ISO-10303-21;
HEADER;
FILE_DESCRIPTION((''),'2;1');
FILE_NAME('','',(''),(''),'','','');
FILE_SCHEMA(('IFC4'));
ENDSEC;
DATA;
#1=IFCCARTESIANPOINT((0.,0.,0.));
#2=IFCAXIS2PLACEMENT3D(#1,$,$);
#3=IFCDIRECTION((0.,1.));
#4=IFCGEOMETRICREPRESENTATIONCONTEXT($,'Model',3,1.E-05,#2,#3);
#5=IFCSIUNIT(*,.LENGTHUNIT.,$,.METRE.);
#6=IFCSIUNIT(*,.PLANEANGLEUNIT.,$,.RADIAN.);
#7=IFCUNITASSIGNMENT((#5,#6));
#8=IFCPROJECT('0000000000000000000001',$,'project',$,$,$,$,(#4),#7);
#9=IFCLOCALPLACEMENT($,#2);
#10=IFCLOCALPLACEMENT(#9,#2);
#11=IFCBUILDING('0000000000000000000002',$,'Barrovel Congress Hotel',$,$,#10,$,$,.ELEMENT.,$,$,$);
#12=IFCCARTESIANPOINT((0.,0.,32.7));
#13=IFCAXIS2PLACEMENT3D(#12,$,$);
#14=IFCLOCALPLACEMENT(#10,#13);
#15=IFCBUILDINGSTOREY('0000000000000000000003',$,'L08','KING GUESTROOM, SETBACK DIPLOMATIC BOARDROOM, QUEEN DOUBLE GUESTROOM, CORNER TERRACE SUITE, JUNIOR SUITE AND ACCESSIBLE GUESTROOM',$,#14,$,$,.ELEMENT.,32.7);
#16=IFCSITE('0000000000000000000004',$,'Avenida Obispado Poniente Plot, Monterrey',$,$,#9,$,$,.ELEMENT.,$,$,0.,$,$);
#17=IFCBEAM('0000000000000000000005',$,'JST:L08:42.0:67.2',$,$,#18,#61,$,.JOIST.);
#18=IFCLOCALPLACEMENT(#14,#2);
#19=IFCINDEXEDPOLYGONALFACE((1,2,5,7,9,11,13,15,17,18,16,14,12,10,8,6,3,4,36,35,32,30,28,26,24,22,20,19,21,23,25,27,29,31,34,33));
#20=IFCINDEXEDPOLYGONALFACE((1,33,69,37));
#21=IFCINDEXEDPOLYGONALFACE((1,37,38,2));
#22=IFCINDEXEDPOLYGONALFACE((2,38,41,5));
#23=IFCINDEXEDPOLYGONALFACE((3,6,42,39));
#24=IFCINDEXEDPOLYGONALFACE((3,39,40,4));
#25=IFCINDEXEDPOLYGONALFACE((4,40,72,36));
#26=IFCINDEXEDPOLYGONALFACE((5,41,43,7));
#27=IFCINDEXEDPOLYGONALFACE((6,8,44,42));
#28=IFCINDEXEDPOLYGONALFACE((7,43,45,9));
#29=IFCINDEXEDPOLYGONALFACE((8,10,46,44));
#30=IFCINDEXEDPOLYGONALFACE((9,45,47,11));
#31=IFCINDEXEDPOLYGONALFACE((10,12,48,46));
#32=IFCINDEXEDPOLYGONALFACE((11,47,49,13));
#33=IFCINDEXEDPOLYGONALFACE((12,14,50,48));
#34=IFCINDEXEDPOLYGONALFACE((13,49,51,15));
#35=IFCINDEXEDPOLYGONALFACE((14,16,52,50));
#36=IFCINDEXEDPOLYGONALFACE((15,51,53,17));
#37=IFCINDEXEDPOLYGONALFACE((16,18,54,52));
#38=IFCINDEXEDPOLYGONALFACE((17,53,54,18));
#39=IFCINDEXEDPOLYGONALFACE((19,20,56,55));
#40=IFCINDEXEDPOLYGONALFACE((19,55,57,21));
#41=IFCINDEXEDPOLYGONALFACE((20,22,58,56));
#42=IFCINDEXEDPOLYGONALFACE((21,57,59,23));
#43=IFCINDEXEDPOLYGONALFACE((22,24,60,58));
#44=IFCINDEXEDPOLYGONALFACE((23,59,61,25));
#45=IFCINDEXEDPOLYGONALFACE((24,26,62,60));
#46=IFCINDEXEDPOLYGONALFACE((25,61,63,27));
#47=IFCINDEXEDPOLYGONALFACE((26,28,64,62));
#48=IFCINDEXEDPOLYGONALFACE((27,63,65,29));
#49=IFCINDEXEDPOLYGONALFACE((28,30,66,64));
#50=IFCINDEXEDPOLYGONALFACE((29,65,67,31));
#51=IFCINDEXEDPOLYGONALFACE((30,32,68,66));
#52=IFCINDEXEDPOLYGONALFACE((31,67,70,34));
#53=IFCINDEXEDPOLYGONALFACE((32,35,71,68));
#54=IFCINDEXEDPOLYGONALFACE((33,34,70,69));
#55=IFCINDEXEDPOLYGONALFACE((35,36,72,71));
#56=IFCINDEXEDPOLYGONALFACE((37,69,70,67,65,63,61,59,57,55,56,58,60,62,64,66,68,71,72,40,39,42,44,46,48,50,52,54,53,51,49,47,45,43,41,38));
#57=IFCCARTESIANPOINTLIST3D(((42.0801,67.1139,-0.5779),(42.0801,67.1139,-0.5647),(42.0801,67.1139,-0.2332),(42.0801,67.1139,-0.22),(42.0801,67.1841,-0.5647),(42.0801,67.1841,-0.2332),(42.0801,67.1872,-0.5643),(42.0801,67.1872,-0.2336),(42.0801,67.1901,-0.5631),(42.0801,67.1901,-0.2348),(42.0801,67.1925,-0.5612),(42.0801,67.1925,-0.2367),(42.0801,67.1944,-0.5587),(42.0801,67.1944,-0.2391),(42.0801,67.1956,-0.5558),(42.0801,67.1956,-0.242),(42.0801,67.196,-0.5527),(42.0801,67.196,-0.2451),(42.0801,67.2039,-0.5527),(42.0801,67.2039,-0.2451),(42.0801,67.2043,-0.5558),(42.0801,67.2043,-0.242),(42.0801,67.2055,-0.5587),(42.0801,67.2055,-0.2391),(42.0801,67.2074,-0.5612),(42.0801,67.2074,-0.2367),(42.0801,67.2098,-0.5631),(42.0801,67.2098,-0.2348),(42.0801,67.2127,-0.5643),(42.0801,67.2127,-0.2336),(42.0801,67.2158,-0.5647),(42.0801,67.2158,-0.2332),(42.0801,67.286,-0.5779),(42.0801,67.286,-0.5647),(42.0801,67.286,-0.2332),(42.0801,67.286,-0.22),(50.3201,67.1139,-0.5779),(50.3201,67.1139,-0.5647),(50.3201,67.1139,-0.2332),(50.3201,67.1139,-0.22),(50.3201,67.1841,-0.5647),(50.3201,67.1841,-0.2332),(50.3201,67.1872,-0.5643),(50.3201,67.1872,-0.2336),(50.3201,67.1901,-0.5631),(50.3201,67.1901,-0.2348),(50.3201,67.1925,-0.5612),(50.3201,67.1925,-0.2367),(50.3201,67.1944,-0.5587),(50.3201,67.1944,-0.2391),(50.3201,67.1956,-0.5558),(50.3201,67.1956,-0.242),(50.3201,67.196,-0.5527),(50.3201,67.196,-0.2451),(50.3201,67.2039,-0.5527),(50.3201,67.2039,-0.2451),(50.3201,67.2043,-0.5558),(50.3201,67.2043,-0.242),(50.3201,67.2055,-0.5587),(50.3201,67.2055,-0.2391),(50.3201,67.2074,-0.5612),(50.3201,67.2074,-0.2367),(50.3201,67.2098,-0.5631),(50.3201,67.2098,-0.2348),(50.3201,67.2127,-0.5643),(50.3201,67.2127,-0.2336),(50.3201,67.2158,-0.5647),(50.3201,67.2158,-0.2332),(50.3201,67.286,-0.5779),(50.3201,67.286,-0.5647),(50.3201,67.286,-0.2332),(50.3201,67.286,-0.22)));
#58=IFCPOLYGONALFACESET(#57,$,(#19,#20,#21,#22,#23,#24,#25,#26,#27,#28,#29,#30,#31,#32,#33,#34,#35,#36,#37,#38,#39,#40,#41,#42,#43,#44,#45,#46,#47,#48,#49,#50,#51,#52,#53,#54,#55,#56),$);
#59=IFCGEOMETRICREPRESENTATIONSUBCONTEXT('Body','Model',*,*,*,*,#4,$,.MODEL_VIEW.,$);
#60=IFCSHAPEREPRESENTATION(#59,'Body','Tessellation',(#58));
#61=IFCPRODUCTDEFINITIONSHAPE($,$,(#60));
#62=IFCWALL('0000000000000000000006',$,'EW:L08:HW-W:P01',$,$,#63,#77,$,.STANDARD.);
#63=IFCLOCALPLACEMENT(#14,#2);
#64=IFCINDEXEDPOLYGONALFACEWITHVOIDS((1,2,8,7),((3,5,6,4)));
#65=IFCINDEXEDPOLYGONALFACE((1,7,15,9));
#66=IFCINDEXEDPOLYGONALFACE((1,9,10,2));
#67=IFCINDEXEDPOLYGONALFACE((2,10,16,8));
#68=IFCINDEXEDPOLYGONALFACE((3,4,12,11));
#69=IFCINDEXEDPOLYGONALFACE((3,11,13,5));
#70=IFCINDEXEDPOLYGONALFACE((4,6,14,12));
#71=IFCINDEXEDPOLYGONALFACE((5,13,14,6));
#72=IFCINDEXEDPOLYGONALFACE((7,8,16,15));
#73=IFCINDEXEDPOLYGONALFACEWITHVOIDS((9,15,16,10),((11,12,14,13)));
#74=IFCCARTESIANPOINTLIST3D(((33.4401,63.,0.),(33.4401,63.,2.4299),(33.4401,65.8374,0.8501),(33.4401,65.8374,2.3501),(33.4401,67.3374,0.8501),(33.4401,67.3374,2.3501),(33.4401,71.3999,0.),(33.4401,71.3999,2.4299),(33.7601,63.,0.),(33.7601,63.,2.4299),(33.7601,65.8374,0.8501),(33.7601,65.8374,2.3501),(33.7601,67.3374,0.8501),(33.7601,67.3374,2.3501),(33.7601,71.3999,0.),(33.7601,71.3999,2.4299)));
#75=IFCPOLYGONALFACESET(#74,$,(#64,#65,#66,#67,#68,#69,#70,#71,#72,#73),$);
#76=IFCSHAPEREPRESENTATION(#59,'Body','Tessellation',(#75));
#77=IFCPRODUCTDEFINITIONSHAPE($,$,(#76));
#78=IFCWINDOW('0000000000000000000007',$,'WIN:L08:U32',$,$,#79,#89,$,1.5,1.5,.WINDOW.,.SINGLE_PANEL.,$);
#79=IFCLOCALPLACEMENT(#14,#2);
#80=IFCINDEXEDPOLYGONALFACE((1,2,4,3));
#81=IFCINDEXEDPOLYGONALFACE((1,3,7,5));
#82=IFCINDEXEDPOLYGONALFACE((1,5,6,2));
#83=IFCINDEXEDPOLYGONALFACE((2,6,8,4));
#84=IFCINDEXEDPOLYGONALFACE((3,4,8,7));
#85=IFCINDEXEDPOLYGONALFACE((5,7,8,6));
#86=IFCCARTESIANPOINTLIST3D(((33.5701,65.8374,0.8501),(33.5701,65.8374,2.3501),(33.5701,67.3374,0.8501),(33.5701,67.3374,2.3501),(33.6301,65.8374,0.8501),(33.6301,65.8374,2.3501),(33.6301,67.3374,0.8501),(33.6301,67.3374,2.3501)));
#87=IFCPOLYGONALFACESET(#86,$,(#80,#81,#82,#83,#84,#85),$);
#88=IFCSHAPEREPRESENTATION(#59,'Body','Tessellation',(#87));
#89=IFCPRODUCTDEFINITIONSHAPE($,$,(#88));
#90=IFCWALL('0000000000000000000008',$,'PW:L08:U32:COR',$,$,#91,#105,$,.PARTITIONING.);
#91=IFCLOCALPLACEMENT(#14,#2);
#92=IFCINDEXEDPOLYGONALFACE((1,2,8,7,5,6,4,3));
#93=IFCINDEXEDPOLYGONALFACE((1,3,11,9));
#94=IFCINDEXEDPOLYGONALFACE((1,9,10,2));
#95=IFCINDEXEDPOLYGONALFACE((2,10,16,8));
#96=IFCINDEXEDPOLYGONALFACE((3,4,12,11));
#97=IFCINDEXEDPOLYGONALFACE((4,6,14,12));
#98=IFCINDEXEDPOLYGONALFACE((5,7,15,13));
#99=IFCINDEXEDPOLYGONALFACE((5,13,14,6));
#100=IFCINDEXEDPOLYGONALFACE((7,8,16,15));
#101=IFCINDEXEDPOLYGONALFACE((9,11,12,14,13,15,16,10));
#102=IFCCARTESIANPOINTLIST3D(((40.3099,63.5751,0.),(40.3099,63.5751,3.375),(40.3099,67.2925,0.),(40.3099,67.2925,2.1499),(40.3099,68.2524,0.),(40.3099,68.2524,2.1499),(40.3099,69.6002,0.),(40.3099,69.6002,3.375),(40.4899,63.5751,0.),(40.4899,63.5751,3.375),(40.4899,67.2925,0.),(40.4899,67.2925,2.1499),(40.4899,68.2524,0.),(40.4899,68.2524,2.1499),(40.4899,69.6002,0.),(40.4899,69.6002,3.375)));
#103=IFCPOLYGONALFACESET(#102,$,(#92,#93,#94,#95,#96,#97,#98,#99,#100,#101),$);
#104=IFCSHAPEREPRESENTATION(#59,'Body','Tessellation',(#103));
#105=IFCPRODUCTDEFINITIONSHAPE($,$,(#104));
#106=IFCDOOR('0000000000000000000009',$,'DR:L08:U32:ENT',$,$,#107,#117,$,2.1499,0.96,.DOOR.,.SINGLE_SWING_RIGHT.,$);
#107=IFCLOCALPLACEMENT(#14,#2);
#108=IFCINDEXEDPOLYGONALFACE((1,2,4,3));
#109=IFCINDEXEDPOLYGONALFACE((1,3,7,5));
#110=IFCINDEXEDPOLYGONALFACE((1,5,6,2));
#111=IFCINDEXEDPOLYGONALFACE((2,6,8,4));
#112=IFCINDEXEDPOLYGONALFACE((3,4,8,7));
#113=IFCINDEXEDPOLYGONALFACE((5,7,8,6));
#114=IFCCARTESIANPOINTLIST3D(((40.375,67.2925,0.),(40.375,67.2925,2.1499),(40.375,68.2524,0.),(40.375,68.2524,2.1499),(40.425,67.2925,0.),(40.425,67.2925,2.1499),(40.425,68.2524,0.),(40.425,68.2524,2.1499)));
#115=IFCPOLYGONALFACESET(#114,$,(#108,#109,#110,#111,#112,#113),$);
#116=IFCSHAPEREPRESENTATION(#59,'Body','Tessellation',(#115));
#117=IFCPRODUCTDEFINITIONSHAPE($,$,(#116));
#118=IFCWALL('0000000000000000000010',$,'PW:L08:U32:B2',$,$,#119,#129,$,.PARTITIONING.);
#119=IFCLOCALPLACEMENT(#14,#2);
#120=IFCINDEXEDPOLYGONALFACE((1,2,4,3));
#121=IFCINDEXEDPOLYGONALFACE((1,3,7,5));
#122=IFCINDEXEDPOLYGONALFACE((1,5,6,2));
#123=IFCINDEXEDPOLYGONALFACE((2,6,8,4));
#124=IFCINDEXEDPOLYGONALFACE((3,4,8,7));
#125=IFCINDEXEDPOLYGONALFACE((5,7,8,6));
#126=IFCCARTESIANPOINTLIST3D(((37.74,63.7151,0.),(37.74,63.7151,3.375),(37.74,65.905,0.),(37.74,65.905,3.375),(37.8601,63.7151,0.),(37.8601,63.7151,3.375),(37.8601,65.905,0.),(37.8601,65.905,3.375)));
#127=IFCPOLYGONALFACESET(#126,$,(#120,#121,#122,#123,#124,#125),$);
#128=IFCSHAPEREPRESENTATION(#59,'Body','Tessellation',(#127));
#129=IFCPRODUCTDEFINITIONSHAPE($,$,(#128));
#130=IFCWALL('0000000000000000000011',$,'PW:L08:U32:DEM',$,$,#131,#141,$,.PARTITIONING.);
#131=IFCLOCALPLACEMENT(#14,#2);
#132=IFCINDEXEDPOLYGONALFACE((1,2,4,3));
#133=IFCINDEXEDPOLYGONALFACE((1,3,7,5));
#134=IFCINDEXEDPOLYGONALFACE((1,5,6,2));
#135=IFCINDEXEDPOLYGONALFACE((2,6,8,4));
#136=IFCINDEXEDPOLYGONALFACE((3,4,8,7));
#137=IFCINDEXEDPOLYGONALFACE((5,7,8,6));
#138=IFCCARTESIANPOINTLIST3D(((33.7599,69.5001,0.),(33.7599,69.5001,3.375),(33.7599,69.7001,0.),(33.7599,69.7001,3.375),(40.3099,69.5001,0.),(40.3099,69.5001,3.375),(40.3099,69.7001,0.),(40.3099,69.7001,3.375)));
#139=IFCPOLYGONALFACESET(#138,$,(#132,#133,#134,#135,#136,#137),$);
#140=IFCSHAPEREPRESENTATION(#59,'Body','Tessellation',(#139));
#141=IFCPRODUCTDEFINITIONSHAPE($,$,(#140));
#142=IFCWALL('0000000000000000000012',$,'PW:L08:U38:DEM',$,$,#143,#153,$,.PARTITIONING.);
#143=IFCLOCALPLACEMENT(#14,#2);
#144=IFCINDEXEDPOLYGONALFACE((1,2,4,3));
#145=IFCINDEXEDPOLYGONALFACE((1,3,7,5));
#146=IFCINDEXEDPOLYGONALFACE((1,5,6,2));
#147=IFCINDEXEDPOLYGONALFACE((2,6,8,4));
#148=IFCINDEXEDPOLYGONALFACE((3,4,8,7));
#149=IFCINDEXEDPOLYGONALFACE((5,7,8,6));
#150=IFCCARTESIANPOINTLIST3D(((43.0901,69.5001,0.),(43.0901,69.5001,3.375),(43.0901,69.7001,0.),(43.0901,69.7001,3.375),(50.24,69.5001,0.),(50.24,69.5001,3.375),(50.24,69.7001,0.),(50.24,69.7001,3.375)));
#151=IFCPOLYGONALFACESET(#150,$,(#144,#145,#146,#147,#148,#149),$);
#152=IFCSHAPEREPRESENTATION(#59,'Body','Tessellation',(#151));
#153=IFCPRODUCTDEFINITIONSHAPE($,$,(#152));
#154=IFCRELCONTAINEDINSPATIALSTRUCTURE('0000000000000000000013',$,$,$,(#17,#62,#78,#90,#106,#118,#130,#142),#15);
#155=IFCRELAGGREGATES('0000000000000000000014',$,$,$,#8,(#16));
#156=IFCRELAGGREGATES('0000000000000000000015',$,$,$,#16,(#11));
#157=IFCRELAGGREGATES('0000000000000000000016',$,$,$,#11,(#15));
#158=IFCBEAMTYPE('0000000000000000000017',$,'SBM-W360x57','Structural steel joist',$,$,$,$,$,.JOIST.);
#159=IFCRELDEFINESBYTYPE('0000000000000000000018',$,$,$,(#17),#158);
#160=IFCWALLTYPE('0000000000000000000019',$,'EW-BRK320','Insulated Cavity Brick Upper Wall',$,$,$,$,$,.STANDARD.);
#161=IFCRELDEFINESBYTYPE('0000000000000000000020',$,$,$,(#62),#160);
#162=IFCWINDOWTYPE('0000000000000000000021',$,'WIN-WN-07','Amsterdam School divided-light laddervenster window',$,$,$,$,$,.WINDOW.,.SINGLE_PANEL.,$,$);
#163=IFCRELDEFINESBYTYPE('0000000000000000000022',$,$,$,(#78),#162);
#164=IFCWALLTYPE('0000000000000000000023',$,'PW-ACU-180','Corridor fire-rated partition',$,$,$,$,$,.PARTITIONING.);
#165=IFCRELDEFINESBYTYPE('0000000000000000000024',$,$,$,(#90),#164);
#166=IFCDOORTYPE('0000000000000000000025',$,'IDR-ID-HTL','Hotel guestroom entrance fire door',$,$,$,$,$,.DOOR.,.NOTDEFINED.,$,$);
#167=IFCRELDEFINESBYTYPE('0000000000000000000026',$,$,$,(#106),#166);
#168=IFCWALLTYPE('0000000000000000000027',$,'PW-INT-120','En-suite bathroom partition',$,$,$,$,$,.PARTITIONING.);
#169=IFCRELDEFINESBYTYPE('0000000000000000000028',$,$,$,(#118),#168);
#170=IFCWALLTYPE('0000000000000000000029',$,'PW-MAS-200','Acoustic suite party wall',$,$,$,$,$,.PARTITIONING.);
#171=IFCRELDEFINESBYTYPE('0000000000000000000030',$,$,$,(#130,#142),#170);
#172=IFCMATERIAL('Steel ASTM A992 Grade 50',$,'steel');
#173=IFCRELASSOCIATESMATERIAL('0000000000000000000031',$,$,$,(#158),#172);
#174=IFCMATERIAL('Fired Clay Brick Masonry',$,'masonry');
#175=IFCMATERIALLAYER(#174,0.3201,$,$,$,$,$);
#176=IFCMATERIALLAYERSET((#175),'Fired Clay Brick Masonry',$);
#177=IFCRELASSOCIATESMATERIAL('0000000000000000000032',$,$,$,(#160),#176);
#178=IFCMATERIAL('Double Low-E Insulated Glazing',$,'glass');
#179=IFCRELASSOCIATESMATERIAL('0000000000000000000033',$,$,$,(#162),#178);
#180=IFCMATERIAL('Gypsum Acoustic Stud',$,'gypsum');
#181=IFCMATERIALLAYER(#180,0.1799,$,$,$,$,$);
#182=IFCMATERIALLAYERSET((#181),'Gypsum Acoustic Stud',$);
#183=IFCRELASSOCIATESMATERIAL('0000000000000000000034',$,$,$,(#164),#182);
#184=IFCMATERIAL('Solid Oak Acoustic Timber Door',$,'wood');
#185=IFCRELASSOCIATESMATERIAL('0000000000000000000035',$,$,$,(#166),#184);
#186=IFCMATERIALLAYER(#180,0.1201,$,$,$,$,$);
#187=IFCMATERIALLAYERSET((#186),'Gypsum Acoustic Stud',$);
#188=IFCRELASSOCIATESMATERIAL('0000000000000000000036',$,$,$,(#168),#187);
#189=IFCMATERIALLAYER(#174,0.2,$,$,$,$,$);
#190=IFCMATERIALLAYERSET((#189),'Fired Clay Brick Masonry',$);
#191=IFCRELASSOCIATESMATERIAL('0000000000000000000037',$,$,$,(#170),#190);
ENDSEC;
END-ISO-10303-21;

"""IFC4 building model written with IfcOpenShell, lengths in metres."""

from ifc_helpers import new_model, si_unit, direction, frame, frame_2d, origin, origin_2d, place, context, subcontext, project, spatial, rectangle, i_section, extrude, material, layer, layer_set, material_profile, profile_set, type_object, element, fill, save


model = new_model("IFC4")

# Units and contexts
model_context = context("Model", 3, precision=1e-05, world=origin(), true_north=direction((0.0, 1.0)))
body_context = subcontext(model_context, "Body", "Model", "MODEL_VIEW")
ifc_project = project(units=[si_unit("LENGTHUNIT", "METRE"), si_unit("PLANEANGLEUNIT", "RADIAN")], contexts=[model_context])

# Site, building, storey
site_placement = place(None, origin())
site = spatial("IfcSite", under=ifc_project, at=site_placement, Name="Avenida Obispado Poniente Plot, Monterrey", CompositionType="ELEMENT", RefElevation=0.0)
building_placement = place(site_placement, origin())
building = spatial("IfcBuilding", under=site, at=building_placement, Name="Barrovel Congress Hotel", CompositionType="ELEMENT")
storey_placement = place(building_placement, frame((0.0, 0.0, 32.7)))
storey = spatial("IfcBuildingStorey", under=building, at=storey_placement, Name="L08", Description="KING GUESTROOM, SETBACK DIPLOMATIC BOARDROOM, QUEEN DOUBLE GUESTROOM, CORNER TERRACE SUITE, JUNIOR SUITE AND ACCESSIBLE GUESTROOM", CompositionType="ELEMENT", Elevation=32.7)

# Beam
ifc_material_1 = material(Name="Steel ASTM A992 Grade 50", Category="steel")
ifc_material_profile_1 = material_profile(ifc_material_1, i_section(OverallWidth=0.1721, OverallDepth=0.3579, WebThickness=0.0078, FlangeThickness=0.0132, FilletRadius=0.012, at=origin_2d()), Name="W360x57")
ifc_profile_set_1 = profile_set([ifc_material_profile_1], Name="Steel ASTM A992 Grade 50")
beam_type_1 = type_object("IfcBeamType", Name="SBM-W360x57", Description="Structural steel joist", PredefinedType="JOIST", material=ifc_profile_set_1)
beam_1_placement = place(storey_placement, frame((42.0801, 67.2, -0.3989), z_axis=(1.0, 0.0, 0.0), x_axis=(0.0, 1.0, 0.0)))
element("IfcBeam", 1, at=beam_1_placement, inside=storey, type_object=beam_type_1, Name="JST:L08:42.0:67.2", PredefinedType="JOIST", context=body_context, shape_type="SweptSolid", body=[
    extrude(i_section(OverallWidth=0.1721, OverallDepth=0.3579, WebThickness=0.0078, FlangeThickness=0.0132, FilletRadius=0.012, at=origin_2d()), origin(), (0.0, 0.0, 1.0), 8.24),
])

# Wall, opening, window
ifc_material_2 = material(Name="Fired Clay Brick Masonry", Category="masonry")
ifc_layer_1 = layer(ifc_material_2, 0.3201)
ifc_layer_set_1 = layer_set([ifc_layer_1], Name="Fired Clay Brick Masonry")
wall_type_1 = type_object("IfcWallType", Name="EW-BRK320", Description="Insulated Cavity Brick Upper Wall", PredefinedType="STANDARD", material=ifc_layer_set_1)
wall_1_placement = place(storey_placement, frame((33.6001, 71.3999, 0.0), z_axis=(0.0, 0.0, 1.0), x_axis=(0.0, -1.0, 0.0)))
wall_1 = element("IfcWall", 2, at=wall_1_placement, inside=storey, type_object=wall_type_1, Name="EW:L08:HW-W:P01", PredefinedType="STANDARD", context=body_context, shape_type="SweptSolid", body=[
    extrude(rectangle(XDim=8.3999, YDim=0.3201, at=frame_2d((4.2, 0.0))), origin(), (0.0, 0.0, 1.0), 2.4299),
])
opening_1_placement = place(wall_1_placement, frame((4.0625, 0.0, 0.8501)))
opening_1 = element("IfcOpeningElement", 3, at=opening_1_placement, cuts=wall_1, PredefinedType="OPENING", context=body_context, shape_type="SweptSolid", body=[
    extrude(rectangle(XDim=1.5, YDim=1.5, at=frame_2d((0.75, 0.75))), frame((0.0, 0.1699, 0.0), z_axis=(0.0, -1.0, 0.0), x_axis=(1.0, 0.0, 0.0)), (0.0, 0.0, 1.0), 0.3401),
])
ifc_material_3 = material(Name="Double Low-E Insulated Glazing", Category="glass")
window_type = type_object("IfcWindowType", Name="WIN-WN-07", Description="Amsterdam School divided-light laddervenster window", PartitioningType="SINGLE_PANEL", PredefinedType="WINDOW", material=ifc_material_3)
window_placement = place(opening_1_placement, origin())
window = element("IfcWindow", 4, at=window_placement, inside=storey, type_object=window_type, Name="WIN:L08:U32", OverallHeight=1.5, OverallWidth=1.5, PartitioningType="SINGLE_PANEL", PredefinedType="WINDOW", context=body_context, shape_type="SweptSolid", body=[
    extrude(rectangle(XDim=1.5, YDim=1.5, at=frame_2d((0.75, 0.75))), frame((0.0, 0.03, 0.0), z_axis=(0.0, -1.0, 0.0), x_axis=(1.0, 0.0, 0.0)), (0.0, 0.0, 1.0), 0.0601),
])
fill(opening_1, window)

# Wall, opening, door
ifc_material_4 = material(Name="Gypsum Acoustic Stud", Category="gypsum")
ifc_layer_2 = layer(ifc_material_4, 0.1799)
ifc_layer_set_2 = layer_set([ifc_layer_2], Name="Gypsum Acoustic Stud")
wall_type_2 = type_object("IfcWallType", Name="PW-ACU-180", Description="Corridor fire-rated partition", PredefinedType="PARTITIONING", material=ifc_layer_set_2)
wall_2_placement = place(storey_placement, frame((40.3999, 63.575, 0.0), z_axis=(0.0, 0.0, 1.0), x_axis=(0.0, 1.0, 0.0)))
wall_2 = element("IfcWall", 5, at=wall_2_placement, inside=storey, type_object=wall_type_2, Name="PW:L08:U32:COR", PredefinedType="PARTITIONING", context=body_context, shape_type="SweptSolid", body=[
    extrude(rectangle(XDim=6.0251, YDim=0.1799, at=frame_2d((3.0127, 0.0))), origin(), (0.0, 0.0, 1.0), 3.375),
])
opening_2_placement = place(wall_2_placement, frame((3.7175, 0.0, 0.0)))
opening_2 = element("IfcOpeningElement", 6, at=opening_2_placement, cuts=wall_2, PredefinedType="OPENING", context=body_context, shape_type="SweptSolid", body=[
    extrude(rectangle(XDim=0.96, YDim=2.1499, at=frame_2d((0.48, 1.075))), frame((0.0, 0.1001, 0.0), z_axis=(0.0, -1.0, 0.0), x_axis=(1.0, 0.0, 0.0)), (0.0, 0.0, 1.0), 0.2),
])
ifc_material_5 = material(Name="Solid Oak Acoustic Timber Door", Category="wood")
door_type_1 = type_object("IfcDoorType", Name="IDR-ID-HTL", Description="Hotel guestroom entrance fire door", OperationType="NOTDEFINED", PredefinedType="DOOR", material=ifc_material_5)
door_1_placement = place(opening_2_placement, origin())
door_1 = element("IfcDoor", 7, at=door_1_placement, inside=storey, type_object=door_type_1, Name="DR:L08:U32:ENT", OperationType="SINGLE_SWING_RIGHT", OverallHeight=2.1499, OverallWidth=0.96, PredefinedType="DOOR", context=body_context, shape_type="SweptSolid", body=[
    extrude(rectangle(XDim=0.96, YDim=2.1499, at=frame_2d((0.48, 1.075))), frame((0.0, 0.0249, 0.0), z_axis=(0.0, -1.0, 0.0), x_axis=(1.0, 0.0, 0.0)), (0.0, 0.0, 1.0), 0.05),
])
fill(opening_2, door_1)

# Walls
ifc_layer_3 = layer(ifc_material_4, 0.1201)
ifc_layer_set_3 = layer_set([ifc_layer_3], Name="Gypsum Acoustic Stud")
wall_type_3 = type_object("IfcWallType", Name="PW-INT-120", Description="En-suite bathroom partition", PredefinedType="PARTITIONING", material=ifc_layer_set_3)
wall_3_placement = place(storey_placement, frame((37.8, 63.7151, 0.0), z_axis=(0.0, 0.0, 1.0), x_axis=(0.0, 1.0, 0.0)))
element("IfcWall", 8, at=wall_3_placement, inside=storey, type_object=wall_type_3, Name="PW:L08:U32:B2", PredefinedType="PARTITIONING", context=body_context, shape_type="SweptSolid", body=[
    extrude(rectangle(XDim=2.1899, YDim=0.1201, at=frame_2d((1.095, 0.0))), origin(), (0.0, 0.0, 1.0), 3.375),
])
ifc_layer_4 = layer(ifc_material_2, 0.2)
ifc_layer_set_4 = layer_set([ifc_layer_4], Name="Fired Clay Brick Masonry")
wall_type_4 = type_object("IfcWallType", Name="PW-MAS-200", Description="Acoustic suite party wall", PredefinedType="PARTITIONING", material=ifc_layer_set_4)
wall_4_placement = place(storey_placement, frame((33.76, 69.6001, 0.0), z_axis=(0.0, 0.0, 1.0), x_axis=(1.0, 0.0, 0.0)))
element("IfcWall", 9, at=wall_4_placement, inside=storey, type_object=wall_type_4, Name="PW:L08:U32:DEM", PredefinedType="PARTITIONING", context=body_context, shape_type="SweptSolid", body=[
    extrude(rectangle(XDim=6.55, YDim=0.2, at=frame_2d((3.2749, 0.0))), origin(), (0.0, 0.0, 1.0), 3.375),
])
wall_5_placement = place(storey_placement, frame((43.0901, 69.6001, 0.0), z_axis=(0.0, 0.0, 1.0), x_axis=(1.0, 0.0, 0.0)))
element("IfcWall", 10, at=wall_5_placement, inside=storey, type_object=wall_type_4, Name="PW:L08:U38:DEM", PredefinedType="PARTITIONING", context=body_context, shape_type="SweptSolid", body=[
    extrude(rectangle(XDim=7.1499, YDim=0.2, at=frame_2d((3.575, 0.0))), origin(), (0.0, 0.0, 1.0), 3.375),
])

save(model, "model.ifc")
